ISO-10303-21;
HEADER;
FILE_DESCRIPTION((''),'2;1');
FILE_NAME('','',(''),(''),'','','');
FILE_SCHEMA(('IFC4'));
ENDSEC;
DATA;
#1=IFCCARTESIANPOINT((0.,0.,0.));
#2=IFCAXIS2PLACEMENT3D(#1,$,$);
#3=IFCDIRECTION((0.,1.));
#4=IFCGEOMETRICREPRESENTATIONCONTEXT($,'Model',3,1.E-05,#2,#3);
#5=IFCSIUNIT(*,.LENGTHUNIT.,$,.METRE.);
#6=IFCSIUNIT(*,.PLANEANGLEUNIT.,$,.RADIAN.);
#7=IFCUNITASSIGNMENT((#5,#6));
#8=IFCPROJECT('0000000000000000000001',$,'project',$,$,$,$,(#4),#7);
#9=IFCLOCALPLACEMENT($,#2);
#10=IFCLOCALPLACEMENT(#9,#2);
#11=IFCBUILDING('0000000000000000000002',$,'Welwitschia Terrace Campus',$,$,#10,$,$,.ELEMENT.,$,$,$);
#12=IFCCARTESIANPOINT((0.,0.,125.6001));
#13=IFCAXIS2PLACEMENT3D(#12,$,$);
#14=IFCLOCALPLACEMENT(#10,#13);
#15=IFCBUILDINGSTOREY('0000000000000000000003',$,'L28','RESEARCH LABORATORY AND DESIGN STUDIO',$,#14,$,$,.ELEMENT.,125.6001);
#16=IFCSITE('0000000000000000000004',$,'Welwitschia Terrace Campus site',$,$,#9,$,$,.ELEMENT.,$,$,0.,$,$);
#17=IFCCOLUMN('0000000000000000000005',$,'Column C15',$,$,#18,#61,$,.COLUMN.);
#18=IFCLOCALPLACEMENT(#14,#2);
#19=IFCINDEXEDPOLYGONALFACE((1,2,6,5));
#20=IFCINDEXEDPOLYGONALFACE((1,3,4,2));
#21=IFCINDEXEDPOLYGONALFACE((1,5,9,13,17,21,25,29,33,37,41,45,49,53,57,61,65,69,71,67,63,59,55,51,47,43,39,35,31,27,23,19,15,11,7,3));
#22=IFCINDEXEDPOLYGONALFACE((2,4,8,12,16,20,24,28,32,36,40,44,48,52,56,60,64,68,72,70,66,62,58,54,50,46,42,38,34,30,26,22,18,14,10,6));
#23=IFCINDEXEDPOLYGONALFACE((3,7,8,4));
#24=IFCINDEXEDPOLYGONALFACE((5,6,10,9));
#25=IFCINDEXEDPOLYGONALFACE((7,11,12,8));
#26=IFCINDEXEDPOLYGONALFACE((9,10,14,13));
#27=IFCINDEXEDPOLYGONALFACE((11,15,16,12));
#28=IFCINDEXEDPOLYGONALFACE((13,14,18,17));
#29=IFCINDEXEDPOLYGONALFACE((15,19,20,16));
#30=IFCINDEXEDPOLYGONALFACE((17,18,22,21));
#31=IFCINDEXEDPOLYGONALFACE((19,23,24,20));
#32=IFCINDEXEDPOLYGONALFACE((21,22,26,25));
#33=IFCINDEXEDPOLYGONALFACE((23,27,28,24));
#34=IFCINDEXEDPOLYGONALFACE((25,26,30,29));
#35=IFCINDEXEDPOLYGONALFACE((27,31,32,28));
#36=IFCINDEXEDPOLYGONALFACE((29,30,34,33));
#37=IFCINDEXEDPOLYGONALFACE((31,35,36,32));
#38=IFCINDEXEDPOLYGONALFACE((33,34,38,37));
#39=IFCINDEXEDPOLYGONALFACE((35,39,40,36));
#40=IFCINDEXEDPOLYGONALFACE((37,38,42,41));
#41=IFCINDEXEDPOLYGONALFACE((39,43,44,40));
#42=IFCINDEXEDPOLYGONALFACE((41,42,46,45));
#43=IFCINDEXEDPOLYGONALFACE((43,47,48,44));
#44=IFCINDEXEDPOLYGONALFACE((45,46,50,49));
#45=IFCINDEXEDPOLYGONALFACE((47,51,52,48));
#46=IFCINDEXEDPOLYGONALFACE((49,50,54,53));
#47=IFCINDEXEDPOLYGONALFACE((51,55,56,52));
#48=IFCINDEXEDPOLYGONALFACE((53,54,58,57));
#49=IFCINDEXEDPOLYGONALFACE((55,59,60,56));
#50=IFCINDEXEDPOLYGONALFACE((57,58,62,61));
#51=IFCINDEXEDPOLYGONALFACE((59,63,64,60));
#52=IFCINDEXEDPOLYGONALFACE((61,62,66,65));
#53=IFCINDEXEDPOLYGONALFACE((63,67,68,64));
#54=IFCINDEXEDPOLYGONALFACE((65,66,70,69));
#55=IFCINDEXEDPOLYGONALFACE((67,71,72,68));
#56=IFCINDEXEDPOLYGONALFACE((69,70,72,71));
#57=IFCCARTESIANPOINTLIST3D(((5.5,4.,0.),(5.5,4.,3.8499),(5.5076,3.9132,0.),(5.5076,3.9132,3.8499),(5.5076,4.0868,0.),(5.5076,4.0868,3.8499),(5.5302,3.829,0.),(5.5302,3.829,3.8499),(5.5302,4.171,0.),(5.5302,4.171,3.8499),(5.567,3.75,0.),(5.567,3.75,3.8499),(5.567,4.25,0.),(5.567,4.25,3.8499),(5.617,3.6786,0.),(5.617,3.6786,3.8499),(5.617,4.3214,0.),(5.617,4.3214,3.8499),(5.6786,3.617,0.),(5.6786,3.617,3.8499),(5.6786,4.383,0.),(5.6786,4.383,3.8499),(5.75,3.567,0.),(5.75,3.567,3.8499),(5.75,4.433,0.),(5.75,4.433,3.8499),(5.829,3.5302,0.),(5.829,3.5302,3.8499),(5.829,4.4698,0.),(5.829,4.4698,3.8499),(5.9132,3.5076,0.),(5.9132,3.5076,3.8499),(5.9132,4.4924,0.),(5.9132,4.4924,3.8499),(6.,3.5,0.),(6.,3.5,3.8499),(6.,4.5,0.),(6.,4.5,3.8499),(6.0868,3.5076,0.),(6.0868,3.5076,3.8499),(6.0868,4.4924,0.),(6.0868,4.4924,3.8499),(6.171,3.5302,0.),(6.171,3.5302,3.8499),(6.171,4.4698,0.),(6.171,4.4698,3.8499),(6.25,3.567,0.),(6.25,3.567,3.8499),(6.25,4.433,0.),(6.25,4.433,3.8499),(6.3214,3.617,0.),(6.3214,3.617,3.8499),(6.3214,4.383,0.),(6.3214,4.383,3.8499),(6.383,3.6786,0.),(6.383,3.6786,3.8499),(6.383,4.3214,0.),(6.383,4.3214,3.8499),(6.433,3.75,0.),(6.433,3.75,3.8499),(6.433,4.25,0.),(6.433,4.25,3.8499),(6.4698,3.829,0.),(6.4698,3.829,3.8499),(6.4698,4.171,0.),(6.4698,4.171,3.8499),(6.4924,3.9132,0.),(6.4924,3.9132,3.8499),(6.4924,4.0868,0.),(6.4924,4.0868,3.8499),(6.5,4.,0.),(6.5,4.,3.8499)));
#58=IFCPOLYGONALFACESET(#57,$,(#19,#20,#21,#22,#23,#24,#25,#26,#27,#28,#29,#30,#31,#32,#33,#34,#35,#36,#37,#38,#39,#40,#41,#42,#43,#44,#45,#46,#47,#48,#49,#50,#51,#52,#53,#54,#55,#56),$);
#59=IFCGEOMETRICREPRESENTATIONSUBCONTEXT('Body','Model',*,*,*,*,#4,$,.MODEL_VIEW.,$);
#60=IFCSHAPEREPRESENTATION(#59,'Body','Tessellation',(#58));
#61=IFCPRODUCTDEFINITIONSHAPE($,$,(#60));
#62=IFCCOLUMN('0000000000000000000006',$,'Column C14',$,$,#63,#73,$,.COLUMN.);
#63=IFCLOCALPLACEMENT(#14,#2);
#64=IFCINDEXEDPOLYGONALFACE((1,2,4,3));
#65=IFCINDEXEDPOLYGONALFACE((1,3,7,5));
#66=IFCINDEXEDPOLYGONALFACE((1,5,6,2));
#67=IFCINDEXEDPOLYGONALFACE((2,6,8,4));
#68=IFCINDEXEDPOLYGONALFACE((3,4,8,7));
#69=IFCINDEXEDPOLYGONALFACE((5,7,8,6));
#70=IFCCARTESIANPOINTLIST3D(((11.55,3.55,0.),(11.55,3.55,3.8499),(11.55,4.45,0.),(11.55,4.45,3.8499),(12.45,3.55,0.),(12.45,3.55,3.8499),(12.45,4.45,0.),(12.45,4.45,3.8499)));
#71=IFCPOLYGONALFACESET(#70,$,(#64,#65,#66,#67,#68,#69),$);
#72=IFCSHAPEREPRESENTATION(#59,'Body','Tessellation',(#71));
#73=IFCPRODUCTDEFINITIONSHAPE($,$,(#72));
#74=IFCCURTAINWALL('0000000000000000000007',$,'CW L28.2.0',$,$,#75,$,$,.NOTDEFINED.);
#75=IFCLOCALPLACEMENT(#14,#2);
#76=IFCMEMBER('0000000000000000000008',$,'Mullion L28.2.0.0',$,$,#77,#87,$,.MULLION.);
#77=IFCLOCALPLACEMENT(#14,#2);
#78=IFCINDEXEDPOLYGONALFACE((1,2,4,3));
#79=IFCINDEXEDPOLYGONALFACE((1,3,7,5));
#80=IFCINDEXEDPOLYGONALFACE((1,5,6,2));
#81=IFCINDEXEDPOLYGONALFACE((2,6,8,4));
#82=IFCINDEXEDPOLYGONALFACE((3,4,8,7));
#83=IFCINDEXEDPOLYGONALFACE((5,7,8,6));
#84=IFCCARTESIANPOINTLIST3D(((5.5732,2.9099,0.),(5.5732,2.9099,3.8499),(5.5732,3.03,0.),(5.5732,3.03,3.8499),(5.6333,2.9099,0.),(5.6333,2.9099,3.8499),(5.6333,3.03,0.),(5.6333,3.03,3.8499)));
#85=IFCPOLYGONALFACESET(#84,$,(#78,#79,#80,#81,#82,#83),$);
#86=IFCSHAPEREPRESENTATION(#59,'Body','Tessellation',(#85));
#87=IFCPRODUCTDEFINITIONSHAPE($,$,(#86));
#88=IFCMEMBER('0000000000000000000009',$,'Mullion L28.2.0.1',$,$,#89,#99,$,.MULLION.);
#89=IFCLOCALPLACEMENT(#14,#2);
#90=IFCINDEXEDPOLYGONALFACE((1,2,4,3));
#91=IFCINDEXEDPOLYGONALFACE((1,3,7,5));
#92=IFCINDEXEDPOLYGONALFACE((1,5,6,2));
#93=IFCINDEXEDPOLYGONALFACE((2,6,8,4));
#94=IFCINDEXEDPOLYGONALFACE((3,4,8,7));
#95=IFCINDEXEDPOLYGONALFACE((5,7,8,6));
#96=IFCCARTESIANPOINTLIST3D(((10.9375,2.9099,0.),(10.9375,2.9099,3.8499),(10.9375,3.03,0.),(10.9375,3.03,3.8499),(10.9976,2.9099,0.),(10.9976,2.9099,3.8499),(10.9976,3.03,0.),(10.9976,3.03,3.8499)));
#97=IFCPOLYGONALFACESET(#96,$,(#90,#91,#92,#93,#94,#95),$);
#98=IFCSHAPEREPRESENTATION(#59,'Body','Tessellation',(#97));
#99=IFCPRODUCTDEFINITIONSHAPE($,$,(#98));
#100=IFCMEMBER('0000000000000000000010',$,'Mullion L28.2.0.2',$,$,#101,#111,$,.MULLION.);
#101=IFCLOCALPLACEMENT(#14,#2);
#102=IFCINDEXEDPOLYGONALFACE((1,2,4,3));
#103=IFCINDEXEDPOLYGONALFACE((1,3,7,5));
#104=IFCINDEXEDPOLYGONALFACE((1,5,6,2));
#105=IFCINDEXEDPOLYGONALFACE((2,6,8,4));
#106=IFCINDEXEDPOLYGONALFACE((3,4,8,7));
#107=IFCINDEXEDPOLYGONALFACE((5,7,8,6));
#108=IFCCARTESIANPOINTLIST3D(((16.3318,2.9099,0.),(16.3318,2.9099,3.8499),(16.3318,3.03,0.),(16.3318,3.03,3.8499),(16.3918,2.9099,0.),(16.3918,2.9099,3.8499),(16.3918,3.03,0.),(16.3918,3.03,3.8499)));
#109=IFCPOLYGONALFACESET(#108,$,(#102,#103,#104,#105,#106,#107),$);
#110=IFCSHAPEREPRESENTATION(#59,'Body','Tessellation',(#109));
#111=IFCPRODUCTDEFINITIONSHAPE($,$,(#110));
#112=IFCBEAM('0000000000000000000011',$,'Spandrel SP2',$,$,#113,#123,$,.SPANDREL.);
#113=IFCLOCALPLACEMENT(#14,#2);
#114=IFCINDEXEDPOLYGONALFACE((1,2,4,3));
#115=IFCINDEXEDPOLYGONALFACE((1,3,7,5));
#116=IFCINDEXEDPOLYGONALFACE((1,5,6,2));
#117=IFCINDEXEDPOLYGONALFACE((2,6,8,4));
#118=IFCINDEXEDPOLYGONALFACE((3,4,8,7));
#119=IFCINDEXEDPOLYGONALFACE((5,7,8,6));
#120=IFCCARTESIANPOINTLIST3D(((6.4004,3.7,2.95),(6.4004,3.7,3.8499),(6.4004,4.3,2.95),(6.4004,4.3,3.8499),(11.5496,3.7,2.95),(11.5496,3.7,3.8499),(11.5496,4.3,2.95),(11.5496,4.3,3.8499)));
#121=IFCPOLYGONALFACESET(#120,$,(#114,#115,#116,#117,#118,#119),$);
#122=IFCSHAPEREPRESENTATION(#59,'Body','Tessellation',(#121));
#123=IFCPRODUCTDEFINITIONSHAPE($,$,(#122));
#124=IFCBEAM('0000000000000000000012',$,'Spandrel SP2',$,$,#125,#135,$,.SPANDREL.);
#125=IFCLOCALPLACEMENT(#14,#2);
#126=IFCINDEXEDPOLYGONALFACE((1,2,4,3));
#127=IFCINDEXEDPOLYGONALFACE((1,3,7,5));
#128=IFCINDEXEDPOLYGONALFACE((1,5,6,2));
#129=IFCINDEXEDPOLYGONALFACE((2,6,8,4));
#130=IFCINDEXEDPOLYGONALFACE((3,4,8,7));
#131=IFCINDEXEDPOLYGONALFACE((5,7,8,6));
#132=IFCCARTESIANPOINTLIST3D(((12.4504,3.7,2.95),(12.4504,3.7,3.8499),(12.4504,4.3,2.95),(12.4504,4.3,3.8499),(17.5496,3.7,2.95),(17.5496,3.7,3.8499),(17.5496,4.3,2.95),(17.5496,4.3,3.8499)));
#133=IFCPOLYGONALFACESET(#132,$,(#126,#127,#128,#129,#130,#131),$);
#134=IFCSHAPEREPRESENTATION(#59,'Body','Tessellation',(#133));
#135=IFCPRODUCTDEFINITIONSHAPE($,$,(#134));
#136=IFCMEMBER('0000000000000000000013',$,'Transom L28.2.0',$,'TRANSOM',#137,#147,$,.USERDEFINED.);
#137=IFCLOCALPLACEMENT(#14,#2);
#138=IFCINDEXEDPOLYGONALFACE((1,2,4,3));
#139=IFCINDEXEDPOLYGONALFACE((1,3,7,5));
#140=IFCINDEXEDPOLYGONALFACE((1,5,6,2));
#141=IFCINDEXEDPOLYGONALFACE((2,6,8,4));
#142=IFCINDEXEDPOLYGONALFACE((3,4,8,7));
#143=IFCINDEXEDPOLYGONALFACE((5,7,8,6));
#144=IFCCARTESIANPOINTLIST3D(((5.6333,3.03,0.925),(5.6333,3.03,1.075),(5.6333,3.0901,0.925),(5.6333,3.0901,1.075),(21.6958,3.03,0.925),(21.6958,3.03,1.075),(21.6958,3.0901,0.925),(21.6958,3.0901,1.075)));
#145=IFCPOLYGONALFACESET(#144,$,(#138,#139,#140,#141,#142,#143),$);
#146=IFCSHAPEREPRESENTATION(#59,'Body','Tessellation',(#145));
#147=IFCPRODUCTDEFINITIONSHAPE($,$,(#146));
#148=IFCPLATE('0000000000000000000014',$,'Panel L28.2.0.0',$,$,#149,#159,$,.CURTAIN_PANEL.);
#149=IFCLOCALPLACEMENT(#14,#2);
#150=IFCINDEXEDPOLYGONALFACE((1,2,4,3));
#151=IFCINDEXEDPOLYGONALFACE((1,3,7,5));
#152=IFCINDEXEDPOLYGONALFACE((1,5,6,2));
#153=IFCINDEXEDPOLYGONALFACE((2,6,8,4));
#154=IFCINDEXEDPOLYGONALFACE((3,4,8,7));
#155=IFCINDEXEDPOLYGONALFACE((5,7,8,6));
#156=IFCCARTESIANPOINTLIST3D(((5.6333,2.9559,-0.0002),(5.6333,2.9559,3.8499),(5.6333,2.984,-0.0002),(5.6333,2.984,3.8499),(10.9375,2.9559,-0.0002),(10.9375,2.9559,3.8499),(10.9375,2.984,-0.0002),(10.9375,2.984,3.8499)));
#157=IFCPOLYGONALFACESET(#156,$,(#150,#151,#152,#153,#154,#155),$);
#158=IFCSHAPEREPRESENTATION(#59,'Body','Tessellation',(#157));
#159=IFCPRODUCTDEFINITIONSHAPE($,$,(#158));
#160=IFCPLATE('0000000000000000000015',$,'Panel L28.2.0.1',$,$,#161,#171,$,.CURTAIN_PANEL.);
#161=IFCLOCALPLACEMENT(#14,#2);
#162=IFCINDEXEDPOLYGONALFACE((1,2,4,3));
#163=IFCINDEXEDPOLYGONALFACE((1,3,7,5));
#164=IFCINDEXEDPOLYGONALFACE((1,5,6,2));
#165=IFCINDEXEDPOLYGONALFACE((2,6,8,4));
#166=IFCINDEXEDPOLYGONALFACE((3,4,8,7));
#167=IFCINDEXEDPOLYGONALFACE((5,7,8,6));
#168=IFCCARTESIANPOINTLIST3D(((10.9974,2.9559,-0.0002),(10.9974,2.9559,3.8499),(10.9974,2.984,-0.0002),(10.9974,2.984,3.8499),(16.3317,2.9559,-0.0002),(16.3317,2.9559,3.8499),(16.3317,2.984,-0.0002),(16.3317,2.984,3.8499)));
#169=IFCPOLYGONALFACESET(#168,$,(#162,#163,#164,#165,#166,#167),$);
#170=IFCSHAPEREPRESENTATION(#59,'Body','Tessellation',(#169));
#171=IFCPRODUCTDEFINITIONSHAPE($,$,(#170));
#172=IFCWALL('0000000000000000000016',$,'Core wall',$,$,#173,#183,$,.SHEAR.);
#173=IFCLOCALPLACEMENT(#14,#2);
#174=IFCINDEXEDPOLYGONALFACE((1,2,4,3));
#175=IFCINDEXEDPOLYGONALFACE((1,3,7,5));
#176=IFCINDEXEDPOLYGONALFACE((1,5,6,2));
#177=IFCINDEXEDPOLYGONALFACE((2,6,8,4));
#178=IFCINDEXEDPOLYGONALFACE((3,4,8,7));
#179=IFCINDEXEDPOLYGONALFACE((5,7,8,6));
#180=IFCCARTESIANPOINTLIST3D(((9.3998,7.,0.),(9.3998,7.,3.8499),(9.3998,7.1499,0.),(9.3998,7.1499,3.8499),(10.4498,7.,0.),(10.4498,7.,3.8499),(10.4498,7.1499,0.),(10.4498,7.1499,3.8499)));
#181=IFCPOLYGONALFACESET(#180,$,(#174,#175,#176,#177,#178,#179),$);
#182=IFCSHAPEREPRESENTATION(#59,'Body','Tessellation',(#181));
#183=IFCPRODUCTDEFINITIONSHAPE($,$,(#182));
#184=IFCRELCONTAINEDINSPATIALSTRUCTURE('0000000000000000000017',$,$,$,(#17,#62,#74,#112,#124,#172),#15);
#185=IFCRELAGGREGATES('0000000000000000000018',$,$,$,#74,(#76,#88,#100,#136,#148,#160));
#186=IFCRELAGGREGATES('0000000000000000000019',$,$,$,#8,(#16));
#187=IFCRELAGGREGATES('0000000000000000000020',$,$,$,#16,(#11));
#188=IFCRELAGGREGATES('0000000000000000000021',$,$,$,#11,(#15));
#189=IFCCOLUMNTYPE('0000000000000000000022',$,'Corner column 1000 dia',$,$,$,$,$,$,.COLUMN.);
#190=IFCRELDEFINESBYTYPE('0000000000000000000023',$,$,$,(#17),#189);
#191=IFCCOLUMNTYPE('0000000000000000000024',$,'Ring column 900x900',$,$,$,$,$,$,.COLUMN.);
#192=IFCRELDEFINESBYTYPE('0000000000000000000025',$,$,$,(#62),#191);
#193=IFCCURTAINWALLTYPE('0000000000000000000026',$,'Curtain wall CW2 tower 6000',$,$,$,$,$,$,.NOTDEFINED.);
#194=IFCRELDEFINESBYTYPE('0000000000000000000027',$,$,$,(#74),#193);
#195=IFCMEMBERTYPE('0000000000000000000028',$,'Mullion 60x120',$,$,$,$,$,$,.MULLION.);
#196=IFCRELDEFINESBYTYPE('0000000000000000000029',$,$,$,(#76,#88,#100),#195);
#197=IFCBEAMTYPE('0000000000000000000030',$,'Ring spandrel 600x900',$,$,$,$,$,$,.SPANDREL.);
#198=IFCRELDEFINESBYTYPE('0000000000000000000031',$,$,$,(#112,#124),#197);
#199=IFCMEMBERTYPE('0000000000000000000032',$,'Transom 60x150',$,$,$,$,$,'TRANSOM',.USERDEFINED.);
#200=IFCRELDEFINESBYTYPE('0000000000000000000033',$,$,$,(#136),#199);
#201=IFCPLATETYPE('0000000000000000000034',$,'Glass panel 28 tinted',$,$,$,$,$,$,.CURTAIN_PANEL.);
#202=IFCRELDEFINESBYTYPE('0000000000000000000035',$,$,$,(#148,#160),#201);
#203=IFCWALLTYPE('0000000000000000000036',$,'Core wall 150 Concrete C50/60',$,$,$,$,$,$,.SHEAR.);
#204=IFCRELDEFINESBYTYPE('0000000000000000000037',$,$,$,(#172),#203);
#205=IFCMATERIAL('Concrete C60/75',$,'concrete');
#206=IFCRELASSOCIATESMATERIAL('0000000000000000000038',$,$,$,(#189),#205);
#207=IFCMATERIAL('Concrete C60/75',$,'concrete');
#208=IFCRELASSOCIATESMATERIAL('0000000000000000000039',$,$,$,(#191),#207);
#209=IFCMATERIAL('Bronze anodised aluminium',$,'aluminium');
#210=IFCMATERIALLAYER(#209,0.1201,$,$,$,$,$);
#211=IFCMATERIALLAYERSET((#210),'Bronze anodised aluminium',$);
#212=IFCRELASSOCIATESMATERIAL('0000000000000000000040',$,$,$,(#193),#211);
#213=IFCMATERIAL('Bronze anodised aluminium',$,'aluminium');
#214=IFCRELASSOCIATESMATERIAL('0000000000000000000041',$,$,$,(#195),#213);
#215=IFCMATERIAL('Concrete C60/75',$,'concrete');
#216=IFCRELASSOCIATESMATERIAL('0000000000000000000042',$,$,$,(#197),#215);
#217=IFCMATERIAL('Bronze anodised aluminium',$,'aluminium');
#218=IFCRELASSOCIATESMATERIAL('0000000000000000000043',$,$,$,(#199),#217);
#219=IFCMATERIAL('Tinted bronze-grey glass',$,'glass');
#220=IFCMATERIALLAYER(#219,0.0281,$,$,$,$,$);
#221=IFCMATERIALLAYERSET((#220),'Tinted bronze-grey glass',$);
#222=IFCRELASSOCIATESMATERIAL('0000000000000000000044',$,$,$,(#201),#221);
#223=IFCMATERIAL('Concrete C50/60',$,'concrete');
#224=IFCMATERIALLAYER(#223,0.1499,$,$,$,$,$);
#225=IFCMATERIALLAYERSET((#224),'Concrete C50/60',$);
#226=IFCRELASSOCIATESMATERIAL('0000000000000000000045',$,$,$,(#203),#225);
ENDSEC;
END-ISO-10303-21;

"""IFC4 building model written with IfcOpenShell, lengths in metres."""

from ifc_helpers import new_model, si_unit, direction, frame, frame_2d, origin, origin_2d, place, context, subcontext, project, spatial, rectangle, circle, extrude, material, layer, layer_set, material_profile, profile_set, type_object, element, aggregate, save


model = new_model("IFC4")

# Units and contexts
model_context = context("Model", 3, precision=1e-05, world=origin(), true_north=direction((0.0, 1.0)))
body_context = subcontext(model_context, "Body", "Model", "MODEL_VIEW")
ifc_project = project(units=[si_unit("LENGTHUNIT", "METRE"), si_unit("PLANEANGLEUNIT", "RADIAN")], contexts=[model_context])

# Site, building, storey
site_placement = place(None, origin())
site = spatial("IfcSite", under=ifc_project, at=site_placement, Name="Welwitschia Terrace Campus site", CompositionType="ELEMENT", RefElevation=0.0)
building_placement = place(site_placement, origin())
building = spatial("IfcBuilding", under=site, at=building_placement, Name="Welwitschia Terrace Campus", CompositionType="ELEMENT")
storey_placement = place(building_placement, frame((0.0, 0.0, 125.6001)))
storey = spatial("IfcBuildingStorey", under=building, at=storey_placement, Name="L28", Description="RESEARCH LABORATORY AND DESIGN STUDIO", CompositionType="ELEMENT", Elevation=125.6001)

# Columns
ifc_material_1 = material(Name="Concrete C60/75", Category="concrete")
ifc_material_profile_1 = material_profile(ifc_material_1, circle(Radius=0.5, at=origin_2d()))
ifc_profile_set_1 = profile_set([ifc_material_profile_1], Name="Concrete C60/75")
column_type_1 = type_object("IfcColumnType", Name="Corner column 1000 dia", PredefinedType="COLUMN", material=ifc_profile_set_1)
column_1_placement = place(storey_placement, frame((6.0, 4.0, 0.0), z_axis=(0.0, 0.0, 1.0), x_axis=(1.0, 0.0, 0.0)))
element("IfcColumn", 1, at=column_1_placement, inside=storey, type_object=column_type_1, Name="Column C15", PredefinedType="COLUMN", context=body_context, shape_type="SweptSolid", body=[
    extrude(circle(Radius=0.5, at=origin_2d()), origin(), (0.0, 0.0, 1.0), 3.8499),
])
ifc_material_2 = material(Name="Concrete C60/75", Category="concrete")
ifc_material_profile_2 = material_profile(ifc_material_2, rectangle(XDim=0.8999, YDim=0.8999, at=origin_2d()))
ifc_profile_set_2 = profile_set([ifc_material_profile_2], Name="Concrete C60/75")
column_type_2 = type_object("IfcColumnType", Name="Ring column 900x900", PredefinedType="COLUMN", material=ifc_profile_set_2)
column_2_placement = place(storey_placement, frame((12.0, 4.0, 0.0), z_axis=(0.0, 0.0, 1.0), x_axis=(1.0, 0.0, 0.0)))
element("IfcColumn", 2, at=column_2_placement, inside=storey, type_object=column_type_2, Name="Column C14", PredefinedType="COLUMN", context=body_context, shape_type="SweptSolid", body=[
    extrude(rectangle(XDim=0.8999, YDim=0.8999, at=origin_2d()), origin(), (0.0, 0.0, 1.0), 3.8499),
])

# Curtain wall, members
ifc_material_3 = material(Name="Bronze anodised aluminium", Category="aluminium")
ifc_layer_1 = layer(ifc_material_3, 0.1201)
ifc_layer_set_1 = layer_set([ifc_layer_1], Name="Bronze anodised aluminium")
curtain_wall_type = type_object("IfcCurtainWallType", Name="Curtain wall CW2 tower 6000", PredefinedType="NOTDEFINED", material=ifc_layer_set_1)
curtain_wall_placement = place(storey_placement, origin())
curtain_wall = element("IfcCurtainWall", 3, at=curtain_wall_placement, inside=storey, type_object=curtain_wall_type, Name="CW L28.2.0", PredefinedType="NOTDEFINED")
ifc_material_4 = material(Name="Bronze anodised aluminium", Category="aluminium")
ifc_material_profile_3 = material_profile(ifc_material_4, rectangle(XDim=0.1201, YDim=0.0601, at=origin_2d()))
ifc_profile_set_3 = profile_set([ifc_material_profile_3], Name="Bronze anodised aluminium")
member_type_1 = type_object("IfcMemberType", Name="Mullion 60x120", PredefinedType="MULLION", material=ifc_profile_set_3)
member_1_placement = place(storey_placement, frame((5.6033, 2.97, 0.0), z_axis=(0.0, 0.0, 1.0), x_axis=(0.0, 1.0, 0.0)))
member_1 = element("IfcMember", 4, at=member_1_placement, type_object=member_type_1, Name="Mullion L28.2.0.0", PredefinedType="MULLION", context=body_context, shape_type="SweptSolid", body=[
    extrude(rectangle(XDim=0.1201, YDim=0.0601, at=origin_2d()), origin(), (0.0, 0.0, 1.0), 3.8499),
])
member_2_placement = place(storey_placement, frame((10.9675, 2.97, 0.0), z_axis=(0.0, 0.0, 1.0), x_axis=(0.0, 1.0, 0.0)))
member_2 = element("IfcMember", 5, at=member_2_placement, type_object=member_type_1, Name="Mullion L28.2.0.1", PredefinedType="MULLION", context=body_context, shape_type="SweptSolid", body=[
    extrude(rectangle(XDim=0.1201, YDim=0.0601, at=origin_2d()), origin(), (0.0, 0.0, 1.0), 3.8499),
])
member_3_placement = place(storey_placement, frame((16.3618, 2.97, 0.0), z_axis=(0.0, 0.0, 1.0), x_axis=(0.0, 1.0, 0.0)))
member_3 = element("IfcMember", 6, at=member_3_placement, type_object=member_type_1, Name="Mullion L28.2.0.2", PredefinedType="MULLION", context=body_context, shape_type="SweptSolid", body=[
    extrude(rectangle(XDim=0.1201, YDim=0.0601, at=origin_2d()), origin(), (0.0, 0.0, 1.0), 3.8499),
])

# Beams
ifc_material_5 = material(Name="Concrete C60/75", Category="concrete")
ifc_material_profile_4 = material_profile(ifc_material_5, rectangle(XDim=0.6001, YDim=0.8999, at=origin_2d()))
ifc_profile_set_4 = profile_set([ifc_material_profile_4], Name="Concrete C60/75")
beam_type = type_object("IfcBeamType", Name="Ring spandrel 600x900", PredefinedType="SPANDREL", material=ifc_profile_set_4)
beam_1_placement = place(storey_placement, frame((6.4004, 4.0, 3.3999), z_axis=(1.0, 0.0, 0.0), x_axis=(0.0, 1.0, 0.0)))
element("IfcBeam", 7, at=beam_1_placement, inside=storey, type_object=beam_type, Name="Spandrel SP2", PredefinedType="SPANDREL", context=body_context, shape_type="SweptSolid", body=[
    extrude(rectangle(XDim=0.6001, YDim=0.8999, at=origin_2d()), origin(), (0.0, 0.0, 1.0), 5.1492),
])
beam_2_placement = place(storey_placement, frame((12.4504, 4.0, 3.3999), z_axis=(1.0, 0.0, 0.0), x_axis=(0.0, 1.0, 0.0)))
element("IfcBeam", 8, at=beam_2_placement, inside=storey, type_object=beam_type, Name="Spandrel SP2", PredefinedType="SPANDREL", context=body_context, shape_type="SweptSolid", body=[
    extrude(rectangle(XDim=0.6001, YDim=0.8999, at=origin_2d()), origin(), (0.0, 0.0, 1.0), 5.0991),
])

# Member
ifc_material_6 = material(Name="Bronze anodised aluminium", Category="aluminium")
ifc_material_profile_5 = material_profile(ifc_material_6, rectangle(XDim=0.0601, YDim=0.1499, at=origin_2d()))
ifc_profile_set_5 = profile_set([ifc_material_profile_5], Name="Bronze anodised aluminium")
member_type_2 = type_object("IfcMemberType", Name="Transom 60x150", ElementType="TRANSOM", PredefinedType="USERDEFINED", material=ifc_profile_set_5)
member_4_placement = place(storey_placement, frame((5.6333, 3.0601, 1.0), z_axis=(1.0, 0.0, 0.0), x_axis=(0.0, 1.0, 0.0)))
member_4 = element("IfcMember", 9, at=member_4_placement, type_object=member_type_2, Name="Transom L28.2.0", ObjectType="TRANSOM", PredefinedType="USERDEFINED", context=body_context, shape_type="SweptSolid", body=[
    extrude(rectangle(XDim=0.0601, YDim=0.1499, at=origin_2d()), origin(), (0.0, 0.0, 1.0), 16.0625),
])

# Plates
ifc_material_7 = material(Name="Tinted bronze-grey glass", Category="glass")
ifc_layer_2 = layer(ifc_material_7, 0.0281)
ifc_layer_set_2 = layer_set([ifc_layer_2], Name="Tinted bronze-grey glass")
plate_type = type_object("IfcPlateType", Name="Glass panel 28 tinted", PredefinedType="CURTAIN_PANEL", material=ifc_layer_set_2)
plate_1_placement = place(storey_placement, frame((8.2854, 2.97, -0.0002), z_axis=(0.0, 0.0, 1.0), x_axis=(1.0, 0.0, 0.0)))
plate_1 = element("IfcPlate", 10, at=plate_1_placement, type_object=plate_type, Name="Panel L28.2.0.0", PredefinedType="CURTAIN_PANEL", context=body_context, shape_type="SweptSolid", body=[
    extrude(rectangle(XDim=5.3042, YDim=0.0281, at=origin_2d()), origin(), (0.0, 0.0, 1.0), 3.8501),
])
plate_2_placement = place(storey_placement, frame((13.6646, 2.97, -0.0002), z_axis=(0.0, 0.0, 1.0), x_axis=(1.0, 0.0, 0.0)))
plate_2 = element("IfcPlate", 11, at=plate_2_placement, type_object=plate_type, Name="Panel L28.2.0.1", PredefinedType="CURTAIN_PANEL", context=body_context, shape_type="SweptSolid", body=[
    extrude(rectangle(XDim=5.3342, YDim=0.0281, at=origin_2d()), origin(), (0.0, 0.0, 1.0), 3.8501),
])
aggregate(curtain_wall, [member_1, member_2, member_3, member_4, plate_1, plate_2])

# Wall
ifc_material_8 = material(Name="Concrete C50/60", Category="concrete")
ifc_layer_3 = layer(ifc_material_8, 0.1499)
ifc_layer_set_3 = layer_set([ifc_layer_3], Name="Concrete C50/60")
wall_type_1 = type_object("IfcWallType", Name="Core wall 150 Concrete C50/60", PredefinedType="SHEAR", material=ifc_layer_set_3)
for number, where, z_axis, x_axis, name in (
    (12, (9.3999, 7.075, 0.0), (0.0, 0.0, 1.0), (1.0, 0.0, 0.0), "Core wall"),
):
    element("IfcWall", number, at=place(storey_placement, frame(where, z_axis=z_axis, x_axis=x_axis)), inside=storey, type_object=wall_type_1, Name=name, PredefinedType="SHEAR", context=body_context, shape_type="SweptSolid", body=[
        extrude(rectangle(XDim=1.05, YDim=0.1499, at=frame_2d((0.5249, 0.0))), origin(), (0.0, 0.0, 1.0), 3.8499),
    ])

save(model, "model.ifc")
